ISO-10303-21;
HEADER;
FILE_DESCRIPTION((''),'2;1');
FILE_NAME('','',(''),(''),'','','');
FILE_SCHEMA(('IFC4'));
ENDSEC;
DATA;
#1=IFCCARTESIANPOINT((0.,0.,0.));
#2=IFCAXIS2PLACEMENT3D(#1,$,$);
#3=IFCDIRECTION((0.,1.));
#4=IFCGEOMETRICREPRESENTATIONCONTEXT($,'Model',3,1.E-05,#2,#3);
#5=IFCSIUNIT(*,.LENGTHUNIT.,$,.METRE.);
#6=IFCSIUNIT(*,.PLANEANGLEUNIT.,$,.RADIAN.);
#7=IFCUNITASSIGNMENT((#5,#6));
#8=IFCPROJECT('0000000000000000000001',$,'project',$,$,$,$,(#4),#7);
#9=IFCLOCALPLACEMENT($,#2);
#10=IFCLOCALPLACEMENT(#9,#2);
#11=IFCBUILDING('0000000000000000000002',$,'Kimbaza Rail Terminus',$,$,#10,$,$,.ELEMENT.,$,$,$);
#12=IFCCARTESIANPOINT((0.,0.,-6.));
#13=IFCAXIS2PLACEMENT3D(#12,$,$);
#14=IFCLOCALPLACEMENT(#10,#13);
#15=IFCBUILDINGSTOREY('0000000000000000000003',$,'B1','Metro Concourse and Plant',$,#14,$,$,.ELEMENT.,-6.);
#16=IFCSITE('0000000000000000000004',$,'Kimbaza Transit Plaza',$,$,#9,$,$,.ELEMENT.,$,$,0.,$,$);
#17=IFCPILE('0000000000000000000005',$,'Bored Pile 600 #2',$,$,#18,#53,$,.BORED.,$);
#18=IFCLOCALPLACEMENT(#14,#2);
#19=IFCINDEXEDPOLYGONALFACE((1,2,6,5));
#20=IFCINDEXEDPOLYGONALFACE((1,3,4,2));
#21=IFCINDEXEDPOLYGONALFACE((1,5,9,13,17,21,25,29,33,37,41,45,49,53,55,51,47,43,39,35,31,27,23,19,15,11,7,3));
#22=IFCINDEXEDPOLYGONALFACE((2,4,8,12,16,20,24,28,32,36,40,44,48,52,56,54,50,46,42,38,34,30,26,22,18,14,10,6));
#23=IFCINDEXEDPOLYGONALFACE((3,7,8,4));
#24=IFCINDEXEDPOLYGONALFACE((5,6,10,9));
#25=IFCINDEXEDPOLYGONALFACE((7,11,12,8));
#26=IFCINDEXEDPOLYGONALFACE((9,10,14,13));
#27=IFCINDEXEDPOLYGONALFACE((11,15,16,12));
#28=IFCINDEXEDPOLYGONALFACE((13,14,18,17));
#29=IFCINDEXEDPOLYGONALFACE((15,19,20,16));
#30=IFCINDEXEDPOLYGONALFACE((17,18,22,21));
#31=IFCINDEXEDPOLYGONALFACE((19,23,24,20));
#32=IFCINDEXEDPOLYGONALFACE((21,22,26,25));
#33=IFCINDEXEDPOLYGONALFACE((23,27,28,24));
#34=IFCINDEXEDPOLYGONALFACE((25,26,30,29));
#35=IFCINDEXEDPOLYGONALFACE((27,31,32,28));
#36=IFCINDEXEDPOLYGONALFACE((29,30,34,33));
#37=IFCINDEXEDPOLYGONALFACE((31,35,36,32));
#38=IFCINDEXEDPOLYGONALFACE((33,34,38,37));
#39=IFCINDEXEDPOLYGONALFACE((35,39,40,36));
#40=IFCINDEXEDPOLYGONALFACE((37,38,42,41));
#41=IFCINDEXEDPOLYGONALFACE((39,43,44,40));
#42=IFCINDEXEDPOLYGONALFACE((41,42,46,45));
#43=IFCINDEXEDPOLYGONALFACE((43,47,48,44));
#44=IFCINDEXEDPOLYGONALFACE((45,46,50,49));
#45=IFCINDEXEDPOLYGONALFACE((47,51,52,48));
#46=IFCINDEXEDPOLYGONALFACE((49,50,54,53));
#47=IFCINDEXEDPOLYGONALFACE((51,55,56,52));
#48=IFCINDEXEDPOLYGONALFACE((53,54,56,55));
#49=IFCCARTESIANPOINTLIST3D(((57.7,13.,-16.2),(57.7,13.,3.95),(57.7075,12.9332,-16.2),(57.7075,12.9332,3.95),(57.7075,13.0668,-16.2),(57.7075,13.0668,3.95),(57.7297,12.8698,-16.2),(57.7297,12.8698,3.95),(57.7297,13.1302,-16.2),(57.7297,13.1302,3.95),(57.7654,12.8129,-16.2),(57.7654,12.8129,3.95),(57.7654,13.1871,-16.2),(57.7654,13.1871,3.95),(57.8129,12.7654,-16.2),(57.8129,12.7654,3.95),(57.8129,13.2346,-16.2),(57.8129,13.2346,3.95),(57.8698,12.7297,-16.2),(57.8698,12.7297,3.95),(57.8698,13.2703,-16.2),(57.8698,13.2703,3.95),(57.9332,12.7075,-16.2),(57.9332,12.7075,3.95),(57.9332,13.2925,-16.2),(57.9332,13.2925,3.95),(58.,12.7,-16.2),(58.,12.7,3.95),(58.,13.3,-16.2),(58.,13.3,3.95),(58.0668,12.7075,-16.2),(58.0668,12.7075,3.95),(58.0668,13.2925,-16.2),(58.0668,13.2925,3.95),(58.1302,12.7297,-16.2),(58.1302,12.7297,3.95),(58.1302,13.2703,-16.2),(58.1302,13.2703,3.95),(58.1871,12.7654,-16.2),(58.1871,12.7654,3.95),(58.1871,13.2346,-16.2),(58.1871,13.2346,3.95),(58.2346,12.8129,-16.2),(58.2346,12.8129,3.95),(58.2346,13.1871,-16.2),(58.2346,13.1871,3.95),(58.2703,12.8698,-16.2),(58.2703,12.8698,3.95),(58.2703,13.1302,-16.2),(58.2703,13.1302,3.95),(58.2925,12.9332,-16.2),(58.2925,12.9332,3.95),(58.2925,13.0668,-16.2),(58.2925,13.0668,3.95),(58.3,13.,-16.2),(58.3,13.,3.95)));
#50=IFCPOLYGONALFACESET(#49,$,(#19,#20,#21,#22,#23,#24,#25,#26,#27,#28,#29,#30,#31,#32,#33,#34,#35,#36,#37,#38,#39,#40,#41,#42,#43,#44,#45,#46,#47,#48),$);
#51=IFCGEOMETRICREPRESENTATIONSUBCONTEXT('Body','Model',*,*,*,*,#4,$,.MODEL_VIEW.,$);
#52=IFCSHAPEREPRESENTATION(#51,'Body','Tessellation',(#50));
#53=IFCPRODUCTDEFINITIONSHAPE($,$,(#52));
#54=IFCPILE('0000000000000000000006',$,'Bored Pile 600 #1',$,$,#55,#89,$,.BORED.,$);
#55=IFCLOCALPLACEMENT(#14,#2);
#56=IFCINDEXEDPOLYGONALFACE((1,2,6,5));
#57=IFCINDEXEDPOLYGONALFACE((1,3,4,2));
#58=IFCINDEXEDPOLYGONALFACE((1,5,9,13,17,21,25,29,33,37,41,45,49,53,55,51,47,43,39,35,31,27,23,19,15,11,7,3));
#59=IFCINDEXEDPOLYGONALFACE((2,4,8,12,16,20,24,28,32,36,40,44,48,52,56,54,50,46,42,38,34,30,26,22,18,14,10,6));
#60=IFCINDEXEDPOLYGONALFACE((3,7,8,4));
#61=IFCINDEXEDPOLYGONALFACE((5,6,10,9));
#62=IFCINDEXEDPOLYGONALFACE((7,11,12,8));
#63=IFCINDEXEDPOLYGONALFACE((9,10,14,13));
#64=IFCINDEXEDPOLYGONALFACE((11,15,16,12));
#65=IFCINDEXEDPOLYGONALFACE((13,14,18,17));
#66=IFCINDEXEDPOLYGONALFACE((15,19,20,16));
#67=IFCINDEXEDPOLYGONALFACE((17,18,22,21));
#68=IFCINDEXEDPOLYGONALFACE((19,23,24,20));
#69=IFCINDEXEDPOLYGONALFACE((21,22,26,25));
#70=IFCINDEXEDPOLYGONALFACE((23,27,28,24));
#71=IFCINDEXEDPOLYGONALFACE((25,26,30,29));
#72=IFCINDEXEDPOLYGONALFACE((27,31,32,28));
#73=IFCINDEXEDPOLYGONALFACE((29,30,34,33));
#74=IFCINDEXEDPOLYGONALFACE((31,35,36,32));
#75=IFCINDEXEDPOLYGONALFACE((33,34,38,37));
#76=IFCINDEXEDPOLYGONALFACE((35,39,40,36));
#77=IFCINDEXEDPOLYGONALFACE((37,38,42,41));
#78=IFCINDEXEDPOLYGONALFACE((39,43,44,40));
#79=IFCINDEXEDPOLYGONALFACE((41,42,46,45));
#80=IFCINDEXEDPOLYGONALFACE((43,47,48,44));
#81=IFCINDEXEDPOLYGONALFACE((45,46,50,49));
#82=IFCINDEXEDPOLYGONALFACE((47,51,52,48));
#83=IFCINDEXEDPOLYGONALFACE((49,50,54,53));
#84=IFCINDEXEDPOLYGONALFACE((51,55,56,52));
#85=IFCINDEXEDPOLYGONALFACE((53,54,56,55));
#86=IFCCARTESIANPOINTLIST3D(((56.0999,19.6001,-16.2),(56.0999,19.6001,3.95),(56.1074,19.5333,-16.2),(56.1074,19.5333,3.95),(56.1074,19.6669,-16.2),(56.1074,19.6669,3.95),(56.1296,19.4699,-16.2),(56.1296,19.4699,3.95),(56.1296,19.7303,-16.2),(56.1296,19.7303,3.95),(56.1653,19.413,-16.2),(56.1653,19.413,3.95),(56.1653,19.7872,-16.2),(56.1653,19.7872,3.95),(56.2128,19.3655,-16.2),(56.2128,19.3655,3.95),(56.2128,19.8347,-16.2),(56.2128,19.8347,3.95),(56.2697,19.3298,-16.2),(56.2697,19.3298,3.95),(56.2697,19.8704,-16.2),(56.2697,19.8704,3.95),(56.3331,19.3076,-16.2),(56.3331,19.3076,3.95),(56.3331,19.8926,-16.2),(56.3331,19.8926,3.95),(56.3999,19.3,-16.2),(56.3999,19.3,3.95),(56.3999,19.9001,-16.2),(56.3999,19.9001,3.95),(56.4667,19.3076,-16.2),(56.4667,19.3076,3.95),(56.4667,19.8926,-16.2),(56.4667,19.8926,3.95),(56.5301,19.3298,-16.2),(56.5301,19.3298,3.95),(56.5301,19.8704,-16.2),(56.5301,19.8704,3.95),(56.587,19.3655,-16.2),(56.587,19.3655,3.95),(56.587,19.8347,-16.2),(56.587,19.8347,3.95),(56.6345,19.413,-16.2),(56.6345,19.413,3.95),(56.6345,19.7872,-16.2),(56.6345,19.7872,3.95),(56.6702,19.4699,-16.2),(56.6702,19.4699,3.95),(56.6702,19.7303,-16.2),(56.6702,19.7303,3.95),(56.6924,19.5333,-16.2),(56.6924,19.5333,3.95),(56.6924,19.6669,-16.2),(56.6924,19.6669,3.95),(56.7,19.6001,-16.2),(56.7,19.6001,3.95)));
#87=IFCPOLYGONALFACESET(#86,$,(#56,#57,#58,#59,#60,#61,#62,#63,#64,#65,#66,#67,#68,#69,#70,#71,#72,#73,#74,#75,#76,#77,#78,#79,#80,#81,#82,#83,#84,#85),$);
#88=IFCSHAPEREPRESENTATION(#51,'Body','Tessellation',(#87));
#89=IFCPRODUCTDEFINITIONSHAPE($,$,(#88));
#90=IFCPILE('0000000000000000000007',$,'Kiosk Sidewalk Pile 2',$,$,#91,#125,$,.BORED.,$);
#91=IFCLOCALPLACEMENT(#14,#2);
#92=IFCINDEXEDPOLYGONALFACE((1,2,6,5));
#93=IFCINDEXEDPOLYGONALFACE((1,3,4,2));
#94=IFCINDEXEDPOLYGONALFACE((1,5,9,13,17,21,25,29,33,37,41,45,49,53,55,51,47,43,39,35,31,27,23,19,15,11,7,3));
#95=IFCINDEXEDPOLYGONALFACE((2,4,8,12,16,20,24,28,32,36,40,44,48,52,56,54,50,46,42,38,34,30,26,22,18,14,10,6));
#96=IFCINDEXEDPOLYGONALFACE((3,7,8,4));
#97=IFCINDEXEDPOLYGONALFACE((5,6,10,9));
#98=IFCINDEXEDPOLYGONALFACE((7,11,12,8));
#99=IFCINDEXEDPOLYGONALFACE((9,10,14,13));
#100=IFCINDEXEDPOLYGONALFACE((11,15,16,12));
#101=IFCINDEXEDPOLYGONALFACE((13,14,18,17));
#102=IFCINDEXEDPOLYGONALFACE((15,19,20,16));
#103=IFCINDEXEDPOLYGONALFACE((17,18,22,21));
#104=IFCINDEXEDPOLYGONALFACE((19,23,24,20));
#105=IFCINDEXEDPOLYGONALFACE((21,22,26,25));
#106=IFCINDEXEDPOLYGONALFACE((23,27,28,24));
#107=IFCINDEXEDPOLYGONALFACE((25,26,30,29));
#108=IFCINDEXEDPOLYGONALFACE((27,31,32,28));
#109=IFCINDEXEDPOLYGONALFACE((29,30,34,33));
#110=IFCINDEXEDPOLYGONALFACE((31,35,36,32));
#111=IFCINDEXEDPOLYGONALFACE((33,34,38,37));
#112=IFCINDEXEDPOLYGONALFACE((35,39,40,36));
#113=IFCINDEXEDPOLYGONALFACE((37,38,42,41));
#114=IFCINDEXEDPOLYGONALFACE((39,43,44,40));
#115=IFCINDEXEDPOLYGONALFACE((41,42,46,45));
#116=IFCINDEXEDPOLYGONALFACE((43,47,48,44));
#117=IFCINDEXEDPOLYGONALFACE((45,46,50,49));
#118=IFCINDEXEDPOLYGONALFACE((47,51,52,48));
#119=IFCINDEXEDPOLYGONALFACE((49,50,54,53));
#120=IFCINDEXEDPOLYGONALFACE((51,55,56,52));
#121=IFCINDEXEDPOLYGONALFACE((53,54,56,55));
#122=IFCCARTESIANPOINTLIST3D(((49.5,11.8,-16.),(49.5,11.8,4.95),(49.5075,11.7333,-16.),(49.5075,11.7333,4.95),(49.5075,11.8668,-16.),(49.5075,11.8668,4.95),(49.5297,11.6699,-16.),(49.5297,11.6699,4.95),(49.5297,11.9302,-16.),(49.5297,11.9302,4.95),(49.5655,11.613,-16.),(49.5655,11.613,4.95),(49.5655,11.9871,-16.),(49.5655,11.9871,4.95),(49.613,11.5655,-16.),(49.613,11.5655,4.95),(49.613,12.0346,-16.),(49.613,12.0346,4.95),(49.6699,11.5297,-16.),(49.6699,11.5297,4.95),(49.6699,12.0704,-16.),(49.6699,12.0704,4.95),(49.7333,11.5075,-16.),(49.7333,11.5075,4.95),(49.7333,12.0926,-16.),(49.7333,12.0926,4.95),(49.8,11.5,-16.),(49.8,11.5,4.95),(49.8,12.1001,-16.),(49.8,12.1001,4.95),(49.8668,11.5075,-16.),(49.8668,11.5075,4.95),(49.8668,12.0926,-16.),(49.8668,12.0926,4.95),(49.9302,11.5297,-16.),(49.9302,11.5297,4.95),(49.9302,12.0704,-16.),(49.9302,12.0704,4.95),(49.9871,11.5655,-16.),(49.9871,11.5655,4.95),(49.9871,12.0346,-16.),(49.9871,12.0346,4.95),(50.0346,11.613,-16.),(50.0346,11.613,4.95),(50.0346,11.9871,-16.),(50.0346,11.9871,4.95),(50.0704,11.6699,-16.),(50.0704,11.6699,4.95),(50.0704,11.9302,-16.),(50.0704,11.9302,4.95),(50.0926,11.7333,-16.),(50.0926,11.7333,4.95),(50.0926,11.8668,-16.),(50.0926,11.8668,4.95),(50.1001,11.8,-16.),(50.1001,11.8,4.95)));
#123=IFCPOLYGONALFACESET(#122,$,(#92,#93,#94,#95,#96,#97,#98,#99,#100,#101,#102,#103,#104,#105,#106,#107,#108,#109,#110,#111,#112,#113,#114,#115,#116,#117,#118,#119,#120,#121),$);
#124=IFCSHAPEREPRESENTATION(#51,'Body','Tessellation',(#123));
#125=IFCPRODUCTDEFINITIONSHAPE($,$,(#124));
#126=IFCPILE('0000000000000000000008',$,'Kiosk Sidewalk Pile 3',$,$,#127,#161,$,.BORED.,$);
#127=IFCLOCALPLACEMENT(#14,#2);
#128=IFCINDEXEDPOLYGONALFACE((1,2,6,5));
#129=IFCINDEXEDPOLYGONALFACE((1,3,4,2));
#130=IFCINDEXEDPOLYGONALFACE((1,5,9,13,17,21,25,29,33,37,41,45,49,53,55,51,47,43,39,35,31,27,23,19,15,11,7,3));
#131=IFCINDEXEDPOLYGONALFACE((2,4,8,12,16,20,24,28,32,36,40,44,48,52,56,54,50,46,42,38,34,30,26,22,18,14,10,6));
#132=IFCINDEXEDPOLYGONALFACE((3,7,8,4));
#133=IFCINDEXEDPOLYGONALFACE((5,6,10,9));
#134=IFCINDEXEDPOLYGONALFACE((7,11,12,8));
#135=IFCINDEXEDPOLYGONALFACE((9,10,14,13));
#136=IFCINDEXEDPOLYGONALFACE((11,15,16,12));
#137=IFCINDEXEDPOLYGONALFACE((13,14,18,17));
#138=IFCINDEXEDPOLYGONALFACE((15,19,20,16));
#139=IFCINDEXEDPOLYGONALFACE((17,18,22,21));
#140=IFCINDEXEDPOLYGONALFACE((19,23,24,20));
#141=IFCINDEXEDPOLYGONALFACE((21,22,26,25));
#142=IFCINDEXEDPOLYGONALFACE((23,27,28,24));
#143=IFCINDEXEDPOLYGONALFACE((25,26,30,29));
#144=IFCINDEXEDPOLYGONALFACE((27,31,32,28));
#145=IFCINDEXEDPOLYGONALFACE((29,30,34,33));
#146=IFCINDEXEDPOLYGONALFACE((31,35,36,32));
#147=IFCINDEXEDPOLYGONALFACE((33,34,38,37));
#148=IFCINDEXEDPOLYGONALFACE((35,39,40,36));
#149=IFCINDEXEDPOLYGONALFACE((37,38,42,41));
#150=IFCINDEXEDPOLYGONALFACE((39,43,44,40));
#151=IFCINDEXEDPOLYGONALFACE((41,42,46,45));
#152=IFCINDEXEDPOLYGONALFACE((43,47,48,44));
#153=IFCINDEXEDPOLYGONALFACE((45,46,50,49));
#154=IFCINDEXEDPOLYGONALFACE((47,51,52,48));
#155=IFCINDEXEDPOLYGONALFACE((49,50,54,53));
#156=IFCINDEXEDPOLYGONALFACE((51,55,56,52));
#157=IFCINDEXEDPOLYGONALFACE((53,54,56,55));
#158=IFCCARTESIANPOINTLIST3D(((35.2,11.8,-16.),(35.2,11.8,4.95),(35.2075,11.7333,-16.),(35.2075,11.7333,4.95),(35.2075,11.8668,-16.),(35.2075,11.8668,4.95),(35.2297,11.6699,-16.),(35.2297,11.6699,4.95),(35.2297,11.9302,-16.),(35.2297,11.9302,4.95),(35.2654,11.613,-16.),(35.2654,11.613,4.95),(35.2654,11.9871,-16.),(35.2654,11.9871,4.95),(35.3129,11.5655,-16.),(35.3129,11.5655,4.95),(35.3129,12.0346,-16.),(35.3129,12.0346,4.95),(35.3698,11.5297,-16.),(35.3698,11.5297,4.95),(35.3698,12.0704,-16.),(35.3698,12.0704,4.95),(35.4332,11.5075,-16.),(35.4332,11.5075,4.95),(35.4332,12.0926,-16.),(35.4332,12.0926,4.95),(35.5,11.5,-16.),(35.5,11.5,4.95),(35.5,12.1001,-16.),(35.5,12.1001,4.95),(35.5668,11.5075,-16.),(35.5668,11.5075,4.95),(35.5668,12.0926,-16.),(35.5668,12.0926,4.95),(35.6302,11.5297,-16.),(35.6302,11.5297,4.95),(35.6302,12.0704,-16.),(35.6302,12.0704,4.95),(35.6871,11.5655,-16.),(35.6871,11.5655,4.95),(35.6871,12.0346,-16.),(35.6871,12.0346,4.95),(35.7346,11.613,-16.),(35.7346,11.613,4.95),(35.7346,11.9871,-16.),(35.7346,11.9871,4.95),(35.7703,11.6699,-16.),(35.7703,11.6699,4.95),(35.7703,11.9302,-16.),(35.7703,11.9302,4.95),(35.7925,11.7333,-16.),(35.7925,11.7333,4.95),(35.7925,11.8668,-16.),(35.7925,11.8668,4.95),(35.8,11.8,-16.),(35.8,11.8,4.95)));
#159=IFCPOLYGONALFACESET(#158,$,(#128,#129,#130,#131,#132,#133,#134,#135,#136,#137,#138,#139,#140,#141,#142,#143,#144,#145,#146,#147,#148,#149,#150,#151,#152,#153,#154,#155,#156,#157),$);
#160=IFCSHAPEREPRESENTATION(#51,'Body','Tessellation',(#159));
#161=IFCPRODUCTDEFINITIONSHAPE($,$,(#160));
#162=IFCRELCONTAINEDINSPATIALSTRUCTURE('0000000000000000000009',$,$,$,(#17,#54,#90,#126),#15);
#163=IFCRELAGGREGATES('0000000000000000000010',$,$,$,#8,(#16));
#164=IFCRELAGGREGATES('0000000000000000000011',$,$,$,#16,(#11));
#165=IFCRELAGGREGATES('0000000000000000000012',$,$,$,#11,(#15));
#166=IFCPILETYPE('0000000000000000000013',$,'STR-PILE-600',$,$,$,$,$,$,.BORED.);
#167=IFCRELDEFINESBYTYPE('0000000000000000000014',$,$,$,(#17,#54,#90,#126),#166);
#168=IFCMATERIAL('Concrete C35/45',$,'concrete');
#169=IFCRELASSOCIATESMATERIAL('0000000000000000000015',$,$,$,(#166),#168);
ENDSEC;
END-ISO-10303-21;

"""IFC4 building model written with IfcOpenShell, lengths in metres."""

from ifc_helpers import new_model, si_unit, direction, frame, origin, origin_2d, place, context, subcontext, project, spatial, circle, extrude, material, material_profile, profile_set, type_object, element, save


model = new_model("IFC4")

# Units and contexts
model_context = context("Model", 3, precision=1e-05, world=origin(), true_north=direction((0.0, 1.0)))
body_context = subcontext(model_context, "Body", "Model", "MODEL_VIEW")
ifc_project = project(units=[si_unit("LENGTHUNIT", "METRE"), si_unit("PLANEANGLEUNIT", "RADIAN")], contexts=[model_context])

# Site, building, storey
site_placement = place(None, origin())
site = spatial("IfcSite", under=ifc_project, at=site_placement, Name="Kimbaza Transit Plaza", CompositionType="ELEMENT", RefElevation=0.0)
building_placement = place(site_placement, origin())
building = spatial("IfcBuilding", under=site, at=building_placement, Name="Kimbaza Rail Terminus", CompositionType="ELEMENT")
storey_placement = place(building_placement, frame((0.0, 0.0, -6.0)))
storey = spatial("IfcBuildingStorey", under=building, at=storey_placement, Name="B1", Description="Metro Concourse and Plant", CompositionType="ELEMENT", Elevation=-6.0)

# Piles
ifc_material_1 = material(Name="Concrete C35/45", Category="concrete")
ifc_material_profile_1 = material_profile(ifc_material_1, circle(Radius=0.3, at=origin_2d()), Name="BORED PILE 600")
ifc_profile_set_1 = profile_set([ifc_material_profile_1], Name="Concrete C35/45")
pile_type = type_object("IfcPileType", Name="STR-PILE-600", PredefinedType="BORED", material=ifc_profile_set_1)
for number, where, z_axis, x_axis, name in (
    (1, (58.0, 13.0, 3.95), (0.0, 0.0, -1.0), (1.0, 0.0, 0.0), "Bored Pile 600 #2"),
    (2, (56.3999, 19.6001, 3.95), (0.0, 0.0, -1.0), (1.0, 0.0, 0.0), "Bored Pile 600 #1"),
):
    element("IfcPile", number, at=place(storey_placement, frame(where, z_axis=z_axis, x_axis=x_axis)), inside=storey, type_object=pile_type, Name=name, PredefinedType="BORED", context=body_context, shape_type="SweptSolid", body=[
        extrude(circle(Radius=0.3, at=origin_2d()), origin(), (0.0, 0.0, 1.0), 20.1499),
    ])
for number, where, z_axis, x_axis, name in (
    (3, (49.8, 11.8, 4.95), (0.0, 0.0, -1.0), (1.0, 0.0, 0.0), "Kiosk Sidewalk Pile 2"),
    (4, (35.5, 11.8, 4.95), (0.0, 0.0, -1.0), (1.0, 0.0, 0.0), "Kiosk Sidewalk Pile 3"),
):
    element("IfcPile", number, at=place(storey_placement, frame(where, z_axis=z_axis, x_axis=x_axis)), inside=storey, type_object=pile_type, Name=name, PredefinedType="BORED", context=body_context, shape_type="SweptSolid", body=[
        extrude(circle(Radius=0.3, at=origin_2d()), origin(), (0.0, 0.0, 1.0), 20.95),
    ])

save(model, "model.ifc")
